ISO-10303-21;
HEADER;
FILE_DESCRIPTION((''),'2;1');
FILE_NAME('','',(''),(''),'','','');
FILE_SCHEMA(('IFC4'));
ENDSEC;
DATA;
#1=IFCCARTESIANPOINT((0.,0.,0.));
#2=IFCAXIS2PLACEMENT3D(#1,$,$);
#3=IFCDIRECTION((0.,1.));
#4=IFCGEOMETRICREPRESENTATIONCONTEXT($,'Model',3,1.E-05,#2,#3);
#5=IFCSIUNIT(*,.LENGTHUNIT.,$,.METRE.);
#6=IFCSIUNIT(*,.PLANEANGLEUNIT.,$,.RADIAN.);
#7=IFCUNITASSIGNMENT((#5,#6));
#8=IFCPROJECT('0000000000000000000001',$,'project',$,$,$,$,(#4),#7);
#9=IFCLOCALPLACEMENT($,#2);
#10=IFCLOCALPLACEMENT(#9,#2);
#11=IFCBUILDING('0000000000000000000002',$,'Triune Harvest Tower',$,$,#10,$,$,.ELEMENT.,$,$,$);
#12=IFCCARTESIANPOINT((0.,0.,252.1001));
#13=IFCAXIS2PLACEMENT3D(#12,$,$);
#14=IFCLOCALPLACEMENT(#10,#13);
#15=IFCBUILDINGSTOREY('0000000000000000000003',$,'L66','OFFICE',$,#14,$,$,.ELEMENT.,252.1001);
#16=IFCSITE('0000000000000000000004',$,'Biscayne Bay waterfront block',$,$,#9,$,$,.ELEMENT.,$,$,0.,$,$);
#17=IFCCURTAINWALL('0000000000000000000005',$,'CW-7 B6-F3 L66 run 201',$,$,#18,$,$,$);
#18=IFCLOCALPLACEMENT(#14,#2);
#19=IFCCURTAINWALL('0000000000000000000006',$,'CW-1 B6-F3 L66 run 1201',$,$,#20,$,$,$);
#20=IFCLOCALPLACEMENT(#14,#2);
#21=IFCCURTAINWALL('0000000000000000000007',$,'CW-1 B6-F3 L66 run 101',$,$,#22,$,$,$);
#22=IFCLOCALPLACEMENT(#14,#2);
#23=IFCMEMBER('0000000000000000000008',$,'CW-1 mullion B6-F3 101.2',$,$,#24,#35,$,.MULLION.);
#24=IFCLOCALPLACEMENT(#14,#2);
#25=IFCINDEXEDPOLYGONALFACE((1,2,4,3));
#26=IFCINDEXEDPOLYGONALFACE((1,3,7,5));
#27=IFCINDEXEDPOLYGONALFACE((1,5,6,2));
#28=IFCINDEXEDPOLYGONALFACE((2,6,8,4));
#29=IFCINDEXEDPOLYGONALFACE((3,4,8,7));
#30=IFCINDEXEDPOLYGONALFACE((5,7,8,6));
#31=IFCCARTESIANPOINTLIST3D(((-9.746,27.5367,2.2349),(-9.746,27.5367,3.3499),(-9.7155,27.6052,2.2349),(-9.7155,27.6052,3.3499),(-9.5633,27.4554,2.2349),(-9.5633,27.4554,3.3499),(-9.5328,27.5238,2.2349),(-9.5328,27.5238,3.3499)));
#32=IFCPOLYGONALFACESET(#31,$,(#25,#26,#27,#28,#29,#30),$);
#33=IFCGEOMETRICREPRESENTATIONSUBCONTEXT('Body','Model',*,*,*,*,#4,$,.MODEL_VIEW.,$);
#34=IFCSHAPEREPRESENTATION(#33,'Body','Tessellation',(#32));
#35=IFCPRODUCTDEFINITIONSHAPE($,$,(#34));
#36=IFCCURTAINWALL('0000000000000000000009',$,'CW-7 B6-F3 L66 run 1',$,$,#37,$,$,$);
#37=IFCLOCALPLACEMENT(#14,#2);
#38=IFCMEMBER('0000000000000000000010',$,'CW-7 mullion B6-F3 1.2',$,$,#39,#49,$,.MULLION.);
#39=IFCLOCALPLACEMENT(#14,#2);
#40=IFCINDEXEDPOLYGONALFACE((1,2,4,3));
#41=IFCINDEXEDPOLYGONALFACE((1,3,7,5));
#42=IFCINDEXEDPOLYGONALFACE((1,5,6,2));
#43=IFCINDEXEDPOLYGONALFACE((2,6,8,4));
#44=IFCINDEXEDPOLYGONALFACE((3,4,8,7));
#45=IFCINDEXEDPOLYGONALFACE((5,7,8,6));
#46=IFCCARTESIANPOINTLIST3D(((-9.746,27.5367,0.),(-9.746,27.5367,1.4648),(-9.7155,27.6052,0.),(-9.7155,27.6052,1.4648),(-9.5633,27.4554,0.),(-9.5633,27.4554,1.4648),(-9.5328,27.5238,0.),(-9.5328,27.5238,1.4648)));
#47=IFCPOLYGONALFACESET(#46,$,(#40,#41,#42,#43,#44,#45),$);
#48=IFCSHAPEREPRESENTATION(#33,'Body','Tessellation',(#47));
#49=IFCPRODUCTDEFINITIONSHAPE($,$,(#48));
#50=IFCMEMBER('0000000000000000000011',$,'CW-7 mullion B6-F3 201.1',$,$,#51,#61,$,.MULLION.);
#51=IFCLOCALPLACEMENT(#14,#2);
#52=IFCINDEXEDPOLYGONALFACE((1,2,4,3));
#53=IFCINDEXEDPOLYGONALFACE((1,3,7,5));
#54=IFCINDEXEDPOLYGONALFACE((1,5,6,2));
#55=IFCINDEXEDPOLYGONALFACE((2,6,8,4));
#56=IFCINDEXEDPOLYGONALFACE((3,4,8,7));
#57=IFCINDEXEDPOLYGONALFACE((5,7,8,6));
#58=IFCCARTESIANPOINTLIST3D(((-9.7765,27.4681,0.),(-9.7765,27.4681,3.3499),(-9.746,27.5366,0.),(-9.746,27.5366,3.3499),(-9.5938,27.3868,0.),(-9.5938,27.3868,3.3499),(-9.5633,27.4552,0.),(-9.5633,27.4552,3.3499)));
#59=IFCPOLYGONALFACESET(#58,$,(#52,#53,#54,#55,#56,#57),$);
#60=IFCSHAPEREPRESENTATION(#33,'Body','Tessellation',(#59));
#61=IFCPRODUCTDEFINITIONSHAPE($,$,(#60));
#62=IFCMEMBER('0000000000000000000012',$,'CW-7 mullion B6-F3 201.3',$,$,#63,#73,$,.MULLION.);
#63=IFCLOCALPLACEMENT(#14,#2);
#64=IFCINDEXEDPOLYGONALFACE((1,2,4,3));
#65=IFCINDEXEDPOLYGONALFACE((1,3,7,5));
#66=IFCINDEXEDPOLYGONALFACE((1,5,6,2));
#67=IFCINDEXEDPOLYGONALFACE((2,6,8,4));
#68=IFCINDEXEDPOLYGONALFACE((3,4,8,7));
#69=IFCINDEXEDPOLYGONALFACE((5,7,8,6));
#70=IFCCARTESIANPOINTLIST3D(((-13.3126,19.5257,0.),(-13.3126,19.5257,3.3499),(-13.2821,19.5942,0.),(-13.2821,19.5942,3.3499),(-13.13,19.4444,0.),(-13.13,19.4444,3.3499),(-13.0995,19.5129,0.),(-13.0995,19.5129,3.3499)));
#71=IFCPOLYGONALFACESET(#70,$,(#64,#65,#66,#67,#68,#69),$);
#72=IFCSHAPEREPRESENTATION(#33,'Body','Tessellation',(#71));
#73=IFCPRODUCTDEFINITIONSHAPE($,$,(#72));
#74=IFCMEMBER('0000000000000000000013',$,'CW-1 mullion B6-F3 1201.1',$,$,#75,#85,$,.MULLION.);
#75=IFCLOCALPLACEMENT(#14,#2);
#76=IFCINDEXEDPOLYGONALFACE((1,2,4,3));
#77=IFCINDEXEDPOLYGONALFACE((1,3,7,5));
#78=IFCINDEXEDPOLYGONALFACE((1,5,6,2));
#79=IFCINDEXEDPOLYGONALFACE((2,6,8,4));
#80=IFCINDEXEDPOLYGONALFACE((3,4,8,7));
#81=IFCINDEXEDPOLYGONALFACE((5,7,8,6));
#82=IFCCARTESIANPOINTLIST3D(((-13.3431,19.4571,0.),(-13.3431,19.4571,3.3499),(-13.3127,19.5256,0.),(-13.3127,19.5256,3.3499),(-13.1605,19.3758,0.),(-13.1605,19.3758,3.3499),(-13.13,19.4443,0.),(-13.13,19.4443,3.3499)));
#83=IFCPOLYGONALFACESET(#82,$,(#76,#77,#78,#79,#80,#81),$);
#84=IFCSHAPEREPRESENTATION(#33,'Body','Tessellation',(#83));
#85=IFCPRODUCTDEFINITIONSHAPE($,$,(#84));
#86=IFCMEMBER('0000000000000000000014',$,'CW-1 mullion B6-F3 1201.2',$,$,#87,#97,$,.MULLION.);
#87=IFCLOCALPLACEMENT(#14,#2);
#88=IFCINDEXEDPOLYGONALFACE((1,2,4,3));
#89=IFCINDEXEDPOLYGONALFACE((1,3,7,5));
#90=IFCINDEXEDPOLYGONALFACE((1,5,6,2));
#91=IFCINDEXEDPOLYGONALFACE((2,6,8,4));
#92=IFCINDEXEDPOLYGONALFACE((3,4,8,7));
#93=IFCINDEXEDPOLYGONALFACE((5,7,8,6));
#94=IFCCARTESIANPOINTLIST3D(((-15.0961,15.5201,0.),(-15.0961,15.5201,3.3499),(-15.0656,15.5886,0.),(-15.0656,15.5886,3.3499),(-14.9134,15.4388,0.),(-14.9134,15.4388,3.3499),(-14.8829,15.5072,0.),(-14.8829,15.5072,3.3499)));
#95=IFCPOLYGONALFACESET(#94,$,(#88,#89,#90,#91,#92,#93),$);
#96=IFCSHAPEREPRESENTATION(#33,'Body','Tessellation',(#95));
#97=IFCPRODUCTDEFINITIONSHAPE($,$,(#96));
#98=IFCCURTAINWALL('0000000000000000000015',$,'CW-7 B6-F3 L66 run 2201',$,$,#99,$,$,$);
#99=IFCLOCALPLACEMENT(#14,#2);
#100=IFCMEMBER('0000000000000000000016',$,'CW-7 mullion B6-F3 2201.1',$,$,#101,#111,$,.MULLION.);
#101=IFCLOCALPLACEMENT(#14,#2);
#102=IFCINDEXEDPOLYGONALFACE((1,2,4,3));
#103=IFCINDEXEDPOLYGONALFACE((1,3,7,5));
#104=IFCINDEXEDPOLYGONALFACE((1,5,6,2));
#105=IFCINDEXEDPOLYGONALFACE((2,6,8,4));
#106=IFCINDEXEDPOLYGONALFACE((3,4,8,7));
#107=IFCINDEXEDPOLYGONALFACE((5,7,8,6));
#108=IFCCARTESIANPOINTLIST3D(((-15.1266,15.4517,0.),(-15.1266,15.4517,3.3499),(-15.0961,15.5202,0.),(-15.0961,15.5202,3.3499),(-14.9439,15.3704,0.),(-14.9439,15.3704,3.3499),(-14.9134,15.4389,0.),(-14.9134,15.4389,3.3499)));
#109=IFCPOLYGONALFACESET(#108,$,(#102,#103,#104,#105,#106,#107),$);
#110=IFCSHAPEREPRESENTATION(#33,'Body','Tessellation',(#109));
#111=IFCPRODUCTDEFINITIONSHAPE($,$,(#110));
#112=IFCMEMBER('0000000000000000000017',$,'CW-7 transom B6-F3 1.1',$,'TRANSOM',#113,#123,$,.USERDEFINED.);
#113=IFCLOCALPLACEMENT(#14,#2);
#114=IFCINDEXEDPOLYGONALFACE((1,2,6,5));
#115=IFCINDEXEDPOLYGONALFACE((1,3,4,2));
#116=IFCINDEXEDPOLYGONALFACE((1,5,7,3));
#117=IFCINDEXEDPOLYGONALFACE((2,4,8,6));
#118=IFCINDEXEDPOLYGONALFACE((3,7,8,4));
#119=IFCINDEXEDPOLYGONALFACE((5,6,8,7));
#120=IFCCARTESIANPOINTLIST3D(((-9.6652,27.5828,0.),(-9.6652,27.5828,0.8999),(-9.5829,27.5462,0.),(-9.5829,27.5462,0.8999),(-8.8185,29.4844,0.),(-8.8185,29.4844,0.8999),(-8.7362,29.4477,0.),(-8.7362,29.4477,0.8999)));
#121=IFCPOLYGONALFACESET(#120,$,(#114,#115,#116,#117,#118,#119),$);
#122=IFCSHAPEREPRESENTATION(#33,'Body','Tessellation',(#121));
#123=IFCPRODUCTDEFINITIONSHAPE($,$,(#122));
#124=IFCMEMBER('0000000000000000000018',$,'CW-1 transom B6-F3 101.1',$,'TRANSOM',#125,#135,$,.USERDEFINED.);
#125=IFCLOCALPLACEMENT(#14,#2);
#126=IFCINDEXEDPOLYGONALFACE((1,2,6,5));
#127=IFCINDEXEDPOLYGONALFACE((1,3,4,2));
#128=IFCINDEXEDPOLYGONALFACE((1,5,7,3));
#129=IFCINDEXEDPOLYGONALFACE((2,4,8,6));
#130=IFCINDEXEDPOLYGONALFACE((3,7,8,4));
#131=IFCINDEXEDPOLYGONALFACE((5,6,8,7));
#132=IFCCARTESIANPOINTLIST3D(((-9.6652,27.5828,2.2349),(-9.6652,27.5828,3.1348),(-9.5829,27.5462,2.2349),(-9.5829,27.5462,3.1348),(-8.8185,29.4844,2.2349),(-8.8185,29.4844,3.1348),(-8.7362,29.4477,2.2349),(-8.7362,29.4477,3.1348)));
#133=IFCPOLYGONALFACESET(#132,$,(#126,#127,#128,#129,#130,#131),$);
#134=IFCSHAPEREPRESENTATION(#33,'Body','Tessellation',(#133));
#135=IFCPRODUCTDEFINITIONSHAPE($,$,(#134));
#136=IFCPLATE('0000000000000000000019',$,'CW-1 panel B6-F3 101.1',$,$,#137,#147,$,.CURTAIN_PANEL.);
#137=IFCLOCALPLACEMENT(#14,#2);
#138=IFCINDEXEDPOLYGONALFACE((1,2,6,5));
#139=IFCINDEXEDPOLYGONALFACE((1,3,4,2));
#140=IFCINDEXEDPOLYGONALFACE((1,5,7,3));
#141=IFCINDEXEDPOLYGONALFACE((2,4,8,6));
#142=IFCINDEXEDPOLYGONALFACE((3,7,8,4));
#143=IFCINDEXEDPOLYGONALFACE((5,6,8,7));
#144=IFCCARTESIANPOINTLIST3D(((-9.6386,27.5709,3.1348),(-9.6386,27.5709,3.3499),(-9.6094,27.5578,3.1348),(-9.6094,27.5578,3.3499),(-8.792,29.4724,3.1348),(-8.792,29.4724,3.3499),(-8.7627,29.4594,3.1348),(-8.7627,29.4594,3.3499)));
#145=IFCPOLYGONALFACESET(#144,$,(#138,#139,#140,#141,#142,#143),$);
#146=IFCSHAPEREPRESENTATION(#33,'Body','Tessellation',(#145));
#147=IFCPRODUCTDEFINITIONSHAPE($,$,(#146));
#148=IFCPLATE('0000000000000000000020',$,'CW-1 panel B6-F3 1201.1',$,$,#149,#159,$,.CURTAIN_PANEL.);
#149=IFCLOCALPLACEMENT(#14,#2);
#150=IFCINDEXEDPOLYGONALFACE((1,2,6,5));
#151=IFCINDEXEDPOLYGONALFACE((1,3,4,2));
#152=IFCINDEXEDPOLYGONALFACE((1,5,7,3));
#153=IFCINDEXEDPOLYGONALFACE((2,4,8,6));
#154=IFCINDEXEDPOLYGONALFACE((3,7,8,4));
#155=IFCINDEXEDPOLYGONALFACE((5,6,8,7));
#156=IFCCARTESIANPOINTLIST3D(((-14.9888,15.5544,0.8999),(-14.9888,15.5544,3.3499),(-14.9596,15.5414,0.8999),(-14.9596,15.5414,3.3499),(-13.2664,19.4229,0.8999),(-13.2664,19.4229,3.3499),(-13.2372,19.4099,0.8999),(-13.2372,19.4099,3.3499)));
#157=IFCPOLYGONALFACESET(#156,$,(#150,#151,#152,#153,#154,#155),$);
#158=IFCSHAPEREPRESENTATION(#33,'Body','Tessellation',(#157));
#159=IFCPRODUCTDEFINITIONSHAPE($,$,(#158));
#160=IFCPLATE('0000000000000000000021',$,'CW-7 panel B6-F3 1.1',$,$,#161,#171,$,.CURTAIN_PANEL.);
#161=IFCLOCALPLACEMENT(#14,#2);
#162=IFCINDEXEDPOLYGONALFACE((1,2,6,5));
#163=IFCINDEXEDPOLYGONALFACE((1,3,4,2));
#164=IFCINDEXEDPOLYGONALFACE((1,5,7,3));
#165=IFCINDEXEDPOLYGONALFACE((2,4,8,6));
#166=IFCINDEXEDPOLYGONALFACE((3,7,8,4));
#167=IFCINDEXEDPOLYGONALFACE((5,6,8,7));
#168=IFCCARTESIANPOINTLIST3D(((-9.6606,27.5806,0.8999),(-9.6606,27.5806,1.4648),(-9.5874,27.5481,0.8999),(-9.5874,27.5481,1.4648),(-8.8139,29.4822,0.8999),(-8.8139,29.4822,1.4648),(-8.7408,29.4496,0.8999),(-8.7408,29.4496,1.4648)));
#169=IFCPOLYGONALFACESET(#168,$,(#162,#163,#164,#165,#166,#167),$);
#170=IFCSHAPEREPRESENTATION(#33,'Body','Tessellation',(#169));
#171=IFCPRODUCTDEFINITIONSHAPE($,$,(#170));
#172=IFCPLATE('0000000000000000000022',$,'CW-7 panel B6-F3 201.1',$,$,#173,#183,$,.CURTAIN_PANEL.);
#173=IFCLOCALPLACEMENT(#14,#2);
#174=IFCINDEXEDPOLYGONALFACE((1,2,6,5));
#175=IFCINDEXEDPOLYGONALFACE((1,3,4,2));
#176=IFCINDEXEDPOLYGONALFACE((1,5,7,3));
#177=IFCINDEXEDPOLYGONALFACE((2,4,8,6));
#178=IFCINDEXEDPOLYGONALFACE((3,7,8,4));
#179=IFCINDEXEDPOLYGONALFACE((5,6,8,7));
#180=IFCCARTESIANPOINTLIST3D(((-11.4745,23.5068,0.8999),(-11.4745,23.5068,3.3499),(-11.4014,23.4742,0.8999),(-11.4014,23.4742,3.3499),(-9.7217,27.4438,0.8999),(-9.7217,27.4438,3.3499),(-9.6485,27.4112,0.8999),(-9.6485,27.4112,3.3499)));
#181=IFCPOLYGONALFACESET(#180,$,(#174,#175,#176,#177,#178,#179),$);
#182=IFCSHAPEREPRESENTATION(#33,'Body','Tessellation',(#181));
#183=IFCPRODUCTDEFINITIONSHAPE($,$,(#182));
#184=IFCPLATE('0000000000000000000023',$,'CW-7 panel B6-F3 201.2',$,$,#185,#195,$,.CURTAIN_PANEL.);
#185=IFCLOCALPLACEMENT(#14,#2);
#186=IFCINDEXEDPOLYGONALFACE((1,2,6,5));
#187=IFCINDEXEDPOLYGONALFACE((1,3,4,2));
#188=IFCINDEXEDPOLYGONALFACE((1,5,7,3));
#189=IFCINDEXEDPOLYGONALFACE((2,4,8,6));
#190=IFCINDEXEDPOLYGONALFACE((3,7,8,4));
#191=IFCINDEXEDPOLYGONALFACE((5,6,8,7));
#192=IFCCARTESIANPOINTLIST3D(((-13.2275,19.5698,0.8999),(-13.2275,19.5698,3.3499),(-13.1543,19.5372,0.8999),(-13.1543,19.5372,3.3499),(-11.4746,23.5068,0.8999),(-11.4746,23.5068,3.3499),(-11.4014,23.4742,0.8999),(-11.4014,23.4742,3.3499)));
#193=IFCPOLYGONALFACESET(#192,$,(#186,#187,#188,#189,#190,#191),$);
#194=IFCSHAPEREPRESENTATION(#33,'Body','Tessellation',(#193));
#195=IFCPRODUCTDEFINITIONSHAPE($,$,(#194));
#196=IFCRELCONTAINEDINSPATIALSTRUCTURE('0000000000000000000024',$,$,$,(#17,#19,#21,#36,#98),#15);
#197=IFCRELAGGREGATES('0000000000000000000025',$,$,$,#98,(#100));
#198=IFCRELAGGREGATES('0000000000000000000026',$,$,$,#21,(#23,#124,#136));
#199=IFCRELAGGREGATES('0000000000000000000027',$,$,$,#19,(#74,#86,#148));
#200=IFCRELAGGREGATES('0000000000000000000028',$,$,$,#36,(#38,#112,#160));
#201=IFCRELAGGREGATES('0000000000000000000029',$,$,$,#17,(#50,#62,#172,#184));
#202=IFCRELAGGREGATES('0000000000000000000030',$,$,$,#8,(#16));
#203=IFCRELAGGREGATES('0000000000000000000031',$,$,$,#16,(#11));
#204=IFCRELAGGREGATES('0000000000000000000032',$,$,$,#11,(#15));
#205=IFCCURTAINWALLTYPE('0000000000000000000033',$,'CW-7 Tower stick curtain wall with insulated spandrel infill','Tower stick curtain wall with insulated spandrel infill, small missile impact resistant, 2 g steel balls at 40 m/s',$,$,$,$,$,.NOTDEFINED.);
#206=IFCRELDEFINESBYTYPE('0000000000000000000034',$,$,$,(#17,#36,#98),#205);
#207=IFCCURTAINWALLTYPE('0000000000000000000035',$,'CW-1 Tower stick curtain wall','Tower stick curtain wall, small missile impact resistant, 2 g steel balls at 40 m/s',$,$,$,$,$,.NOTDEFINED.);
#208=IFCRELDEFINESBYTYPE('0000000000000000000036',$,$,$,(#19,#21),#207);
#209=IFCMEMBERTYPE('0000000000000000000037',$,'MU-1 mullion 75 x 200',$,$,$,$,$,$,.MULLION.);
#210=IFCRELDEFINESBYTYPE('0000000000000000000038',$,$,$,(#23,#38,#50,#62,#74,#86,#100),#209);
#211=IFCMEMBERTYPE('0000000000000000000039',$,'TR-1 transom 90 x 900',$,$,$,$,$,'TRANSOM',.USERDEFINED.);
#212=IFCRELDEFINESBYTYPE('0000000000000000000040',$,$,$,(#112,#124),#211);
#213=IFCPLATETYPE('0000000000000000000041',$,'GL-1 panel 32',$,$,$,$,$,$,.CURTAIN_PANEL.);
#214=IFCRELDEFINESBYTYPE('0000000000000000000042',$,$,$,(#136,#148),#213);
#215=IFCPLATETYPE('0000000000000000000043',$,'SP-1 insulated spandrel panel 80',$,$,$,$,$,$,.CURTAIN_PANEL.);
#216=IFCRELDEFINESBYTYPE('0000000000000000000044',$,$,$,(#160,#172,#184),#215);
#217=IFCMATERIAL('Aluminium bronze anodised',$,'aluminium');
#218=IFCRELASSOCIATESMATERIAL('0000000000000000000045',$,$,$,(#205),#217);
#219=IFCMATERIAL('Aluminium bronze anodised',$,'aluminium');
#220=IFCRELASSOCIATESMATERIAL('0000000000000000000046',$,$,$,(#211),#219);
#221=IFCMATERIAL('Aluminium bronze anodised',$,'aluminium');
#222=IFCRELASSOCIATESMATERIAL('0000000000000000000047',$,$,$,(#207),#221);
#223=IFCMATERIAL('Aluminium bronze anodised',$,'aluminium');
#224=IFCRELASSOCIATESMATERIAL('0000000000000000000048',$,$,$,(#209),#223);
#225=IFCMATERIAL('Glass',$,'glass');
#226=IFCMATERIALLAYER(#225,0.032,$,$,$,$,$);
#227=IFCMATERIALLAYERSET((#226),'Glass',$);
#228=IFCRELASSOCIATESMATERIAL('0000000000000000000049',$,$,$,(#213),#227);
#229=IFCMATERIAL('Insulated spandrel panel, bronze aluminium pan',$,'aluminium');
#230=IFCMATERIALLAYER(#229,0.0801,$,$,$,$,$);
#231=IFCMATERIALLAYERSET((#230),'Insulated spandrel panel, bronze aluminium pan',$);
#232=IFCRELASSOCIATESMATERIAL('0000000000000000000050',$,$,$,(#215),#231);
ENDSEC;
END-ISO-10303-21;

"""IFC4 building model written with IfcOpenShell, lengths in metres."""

from ifc_helpers import new_model, si_unit, direction, frame, origin, origin_2d, place, context, subcontext, project, spatial, rectangle, extrude, source, transform, mapped, material, layer, layer_set, material_profile, profile_set, type_object, element, aggregate, save


model = new_model("IFC4")

# Units and contexts
model_context = context("Model", 3, precision=1e-05, world=origin(), true_north=direction((0.0, 1.0)))
body_context = subcontext(model_context, "Body", "Model", "MODEL_VIEW")
ifc_project = project(units=[si_unit("LENGTHUNIT", "METRE"), si_unit("PLANEANGLEUNIT", "RADIAN")], contexts=[model_context])

# Site, building, storey
site_placement = place(None, origin())
site = spatial("IfcSite", under=ifc_project, at=site_placement, Name="Biscayne Bay waterfront block", CompositionType="ELEMENT", RefElevation=0.0)
building_placement = place(site_placement, origin())
building = spatial("IfcBuilding", under=site, at=building_placement, Name="Triune Harvest Tower", CompositionType="ELEMENT")
storey_placement = place(building_placement, frame((0.0, 0.0, 252.1001)))
storey = spatial("IfcBuildingStorey", under=building, at=storey_placement, Name="L66", Description="OFFICE", CompositionType="ELEMENT", Elevation=252.1001)

# Curtain walls
ifc_material_1 = material(Name="Aluminium bronze anodised", Category="aluminium")
curtain_wall_type_1 = type_object("IfcCurtainWallType", Name="CW-7 Tower stick curtain wall with insulated spandrel infill", Description="Tower stick curtain wall with insulated spandrel infill, small missile impact resistant, 2 g steel balls at 40 m/s", PredefinedType="NOTDEFINED", material=ifc_material_1)
curtain_wall_1_placement = place(storey_placement, origin())
curtain_wall_1 = element("IfcCurtainWall", 1, at=curtain_wall_1_placement, inside=storey, type_object=curtain_wall_type_1, Name="CW-7 B6-F3 L66 run 201")
ifc_material_2 = material(Name="Aluminium bronze anodised", Category="aluminium")
ifc_material_profile_1 = material_profile(ifc_material_2, rectangle(XDim=0.0901, YDim=0.8999, at=origin_2d()), Name="TR-1 transom 90 x 900")
ifc_profile_set_1 = profile_set([ifc_material_profile_1], Name="Aluminium bronze anodised")
member_type_1 = type_object("IfcMemberType", Name="TR-1 transom 90 x 900", ElementType="TRANSOM", PredefinedType="USERDEFINED", material=ifc_profile_set_1)
ifc_material_3 = material(Name="Aluminium bronze anodised", Category="aluminium")
curtain_wall_type_2 = type_object("IfcCurtainWallType", Name="CW-1 Tower stick curtain wall", Description="Tower stick curtain wall, small missile impact resistant, 2 g steel balls at 40 m/s", PredefinedType="NOTDEFINED", material=ifc_material_3)
curtain_wall_2_placement = place(storey_placement, origin())
curtain_wall_2 = element("IfcCurtainWall", 2, at=curtain_wall_2_placement, inside=storey, type_object=curtain_wall_type_2, Name="CW-1 B6-F3 L66 run 1201")

# Curtain walls, members
curtain_wall_3_placement = place(storey_placement, origin())
curtain_wall_3 = element("IfcCurtainWall", 3, at=curtain_wall_3_placement, inside=storey, type_object=curtain_wall_type_2, Name="CW-1 B6-F3 L66 run 101")
ifc_material_4 = material(Name="Aluminium bronze anodised", Category="aluminium")
ifc_material_profile_2 = material_profile(ifc_material_4, rectangle(XDim=0.2, YDim=0.075, at=origin_2d()), Name="MU-1 mullion 75 x 200")
ifc_profile_set_2 = profile_set([ifc_material_profile_2], Name="Aluminium bronze anodised")
member_type_2 = type_object("IfcMemberType", Name="MU-1 mullion 75 x 200", PredefinedType="MULLION", material=ifc_profile_set_2)
shared_shape_1 = source(origin(), body_context, "Body", "SweptSolid", [
    extrude(rectangle(XDim=0.2, YDim=0.075, at=origin_2d()), origin(), (0.0, 0.0, 1.0), 1.115),
])
member_1_placement = place(storey_placement, frame((-9.6394, 27.5303, 2.2349), z_axis=(0.0, 0.0, 1.0), x_axis=(0.913536, -0.406758, 0.0)))
member_1 = element("IfcMember", 4, at=member_1_placement, type_object=member_type_2, Name="CW-1 mullion B6-F3 101.2", PredefinedType="MULLION", context=body_context, shape_type="MappedRepresentation", body=[
    mapped(shared_shape_1, transform((0.0, 0.0, 0.0), scale=1.0)),
])
curtain_wall_4_placement = place(storey_placement, origin())
curtain_wall_4 = element("IfcCurtainWall", 5, at=curtain_wall_4_placement, inside=storey, type_object=curtain_wall_type_1, Name="CW-7 B6-F3 L66 run 1")
shared_shape_2 = source(origin(), body_context, "Body", "SweptSolid", [
    extrude(rectangle(XDim=0.2, YDim=0.075, at=origin_2d()), origin(), (0.0, 0.0, 1.0), 1.4648),
])
member_2_placement = place(storey_placement, frame((-9.6394, 27.5303, 0.0), z_axis=(0.0, 0.0, 1.0), x_axis=(0.913536, -0.406758, 0.0)))
member_2 = element("IfcMember", 6, at=member_2_placement, type_object=member_type_2, Name="CW-7 mullion B6-F3 1.2", PredefinedType="MULLION", context=body_context, shape_type="MappedRepresentation", body=[
    mapped(shared_shape_2, transform((0.0, 0.0, 0.0), scale=1.0)),
])

# Members
shared_shape_3 = source(origin(), body_context, "Body", "SweptSolid", [
    extrude(rectangle(XDim=0.2, YDim=0.075, at=origin_2d()), origin(), (0.0, 0.0, 1.0), 3.3499),
])
member_3_placement = place(storey_placement, frame((-9.6699, 27.4617, 0.0), z_axis=(0.0, 0.0, 1.0), x_axis=(0.913545, -0.406738, 0.0)))
member_3 = element("IfcMember", 7, at=member_3_placement, type_object=member_type_2, Name="CW-7 mullion B6-F3 201.1", PredefinedType="MULLION", context=body_context, shape_type="MappedRepresentation", body=[
    mapped(shared_shape_3, transform((0.0, 0.0, 0.0), scale=1.0)),
])
member_4_placement = place(storey_placement, frame((-13.2061, 19.5193, 0.0), z_axis=(0.0, 0.0, 1.0), x_axis=(0.913545, -0.406738, 0.0)))
member_4 = element("IfcMember", 8, at=member_4_placement, type_object=member_type_2, Name="CW-7 mullion B6-F3 201.3", PredefinedType="MULLION", context=body_context, shape_type="MappedRepresentation", body=[
    mapped(shared_shape_3, transform((0.0, 0.0, 0.0), scale=1.0)),
])
member_5_placement = place(storey_placement, frame((-13.2366, 19.4507, 0.0), z_axis=(0.0, 0.0, 1.0), x_axis=(0.913542, -0.406744, 0.0)))
member_5 = element("IfcMember", 9, at=member_5_placement, type_object=member_type_2, Name="CW-1 mullion B6-F3 1201.1", PredefinedType="MULLION", context=body_context, shape_type="MappedRepresentation", body=[
    mapped(shared_shape_3, transform((0.0, 0.0, 0.0), scale=1.0)),
])
member_6_placement = place(storey_placement, frame((-14.9895, 15.5137, 0.0), z_axis=(0.0, 0.0, 1.0), x_axis=(0.913542, -0.406744, 0.0)))
member_6 = element("IfcMember", 10, at=member_6_placement, type_object=member_type_2, Name="CW-1 mullion B6-F3 1201.2", PredefinedType="MULLION", context=body_context, shape_type="MappedRepresentation", body=[
    mapped(shared_shape_3, transform((0.0, 0.0, 0.0), scale=1.0)),
])

# Curtain wall, member
curtain_wall_5_placement = place(storey_placement, origin())
curtain_wall_5 = element("IfcCurtainWall", 11, at=curtain_wall_5_placement, inside=storey, type_object=curtain_wall_type_1, Name="CW-7 B6-F3 L66 run 2201")
member_7_placement = place(storey_placement, frame((-15.02, 15.4453, 0.0), z_axis=(0.0, 0.0, 1.0), x_axis=(0.913547, -0.406733, 0.0)))
member_7 = element("IfcMember", 12, at=member_7_placement, type_object=member_type_2, Name="CW-7 mullion B6-F3 2201.1", PredefinedType="MULLION", context=body_context, shape_type="MappedRepresentation", body=[
    mapped(shared_shape_3, transform((0.0, 0.0, 0.0), scale=1.0)),
])
aggregate(curtain_wall_5, [member_7])

# Members
shared_shape_4 = source(origin(), body_context, "Body", "SweptSolid", [
    extrude(rectangle(XDim=0.0901, YDim=0.8999, at=origin_2d()), origin(), (0.0, 0.0, 1.0), 2.0815),
])
member_8_placement = place(storey_placement, frame((-8.7773, 29.4661, 0.45), z_axis=(-0.406748, -0.91354, 0.0), x_axis=(0.91354, -0.406748, 0.0)))
member_8 = element("IfcMember", 13, at=member_8_placement, type_object=member_type_1, Name="CW-7 transom B6-F3 1.1", ObjectType="TRANSOM", PredefinedType="USERDEFINED", context=body_context, shape_type="MappedRepresentation", body=[
    mapped(shared_shape_4, transform((0.0, 0.0, 0.0), scale=1.0)),
])
member_9_placement = place(storey_placement, frame((-8.7773, 29.4661, 2.6848), z_axis=(-0.406748, -0.91354, 0.0), x_axis=(0.91354, -0.406748, 0.0)))
member_9 = element("IfcMember", 14, at=member_9_placement, type_object=member_type_1, Name="CW-1 transom B6-F3 101.1", ObjectType="TRANSOM", PredefinedType="USERDEFINED", context=body_context, shape_type="MappedRepresentation", body=[
    mapped(shared_shape_4, transform((0.0, 0.0, 0.0), scale=1.0)),
])

# Plates
ifc_material_5 = material(Name="Glass", Category="glass")
ifc_layer_1 = layer(ifc_material_5, 0.032)
ifc_layer_set_1 = layer_set([ifc_layer_1], Name="Glass")
plate_type_1 = type_object("IfcPlateType", Name="GL-1 panel 32", PredefinedType="CURTAIN_PANEL", material=ifc_layer_set_1)
plate_1_placement = place(storey_placement, frame((-9.2007, 28.5151, 3.1348), z_axis=(0.0, 0.0, 1.0), x_axis=(-0.406758, -0.913536, 0.0)))
plate_1 = element("IfcPlate", 15, at=plate_1_placement, type_object=plate_type_1, Name="CW-1 panel B6-F3 101.1", PredefinedType="CURTAIN_PANEL", context=body_context, shape_type="SweptSolid", body=[
    extrude(rectangle(XDim=2.0815, YDim=0.032, at=origin_2d()), origin(), (0.0, 0.0, 1.0), 0.2151),
])
aggregate(curtain_wall_3, [member_1, member_9, plate_1])
plate_2_placement = place(storey_placement, frame((-14.113, 17.4822, 0.8999), z_axis=(0.0, 0.0, 1.0), x_axis=(-0.406744, -0.913542, 0.0)))
plate_2 = element("IfcPlate", 16, at=plate_2_placement, type_object=plate_type_1, Name="CW-1 panel B6-F3 1201.1", PredefinedType="CURTAIN_PANEL", context=body_context, shape_type="SweptSolid", body=[
    extrude(rectangle(XDim=4.2346, YDim=0.032, at=origin_2d()), origin(), (0.0, 0.0, 1.0), 2.45),
])
aggregate(curtain_wall_2, [member_5, member_6, plate_2])
ifc_material_6 = material(Name="Insulated spandrel panel, bronze aluminium pan", Category="aluminium")
ifc_layer_2 = layer(ifc_material_6, 0.0801)
ifc_layer_set_2 = layer_set([ifc_layer_2], Name="Insulated spandrel panel, bronze aluminium pan")
plate_type_2 = type_object("IfcPlateType", Name="SP-1 insulated spandrel panel 80", PredefinedType="CURTAIN_PANEL", material=ifc_layer_set_2)
plate_3_placement = place(storey_placement, frame((-9.2007, 28.5151, 0.8999), z_axis=(0.0, 0.0, 1.0), x_axis=(-0.406758, -0.913536, 0.0)))
plate_3 = element("IfcPlate", 17, at=plate_3_placement, type_object=plate_type_2, Name="CW-7 panel B6-F3 1.1", PredefinedType="CURTAIN_PANEL", context=body_context, shape_type="SweptSolid", body=[
    extrude(rectangle(XDim=2.0815, YDim=0.0801, at=origin_2d()), origin(), (0.0, 0.0, 1.0), 0.5649),
])
aggregate(curtain_wall_4, [member_2, member_8, plate_3])
shared_shape_5 = source(origin(), body_context, "Body", "SweptSolid", [
    extrude(rectangle(XDim=4.3096, YDim=0.0801, at=origin_2d()), origin(), (0.0, 0.0, 1.0), 2.45),
])
plate_4_placement = place(storey_placement, frame((-10.5615, 25.459, 0.8999), z_axis=(0.0, 0.0, 1.0), x_axis=(-0.406738, -0.913545, 0.0)))
plate_4 = element("IfcPlate", 18, at=plate_4_placement, type_object=plate_type_2, Name="CW-7 panel B6-F3 201.1", PredefinedType="CURTAIN_PANEL", context=body_context, shape_type="MappedRepresentation", body=[
    mapped(shared_shape_5, transform((0.0, 0.0, 0.0), scale=1.0)),
])
plate_5_placement = place(storey_placement, frame((-12.3145, 21.522, 0.8999), z_axis=(0.0, 0.0, 1.0), x_axis=(-0.406738, -0.913545, 0.0)))
plate_5 = element("IfcPlate", 19, at=plate_5_placement, type_object=plate_type_2, Name="CW-7 panel B6-F3 201.2", PredefinedType="CURTAIN_PANEL", context=body_context, shape_type="MappedRepresentation", body=[
    mapped(shared_shape_5, transform((0.0, 0.0, 0.0), scale=1.0)),
])
aggregate(curtain_wall_1, [member_3, member_4, plate_4, plate_5])

save(model, "model.ifc")
